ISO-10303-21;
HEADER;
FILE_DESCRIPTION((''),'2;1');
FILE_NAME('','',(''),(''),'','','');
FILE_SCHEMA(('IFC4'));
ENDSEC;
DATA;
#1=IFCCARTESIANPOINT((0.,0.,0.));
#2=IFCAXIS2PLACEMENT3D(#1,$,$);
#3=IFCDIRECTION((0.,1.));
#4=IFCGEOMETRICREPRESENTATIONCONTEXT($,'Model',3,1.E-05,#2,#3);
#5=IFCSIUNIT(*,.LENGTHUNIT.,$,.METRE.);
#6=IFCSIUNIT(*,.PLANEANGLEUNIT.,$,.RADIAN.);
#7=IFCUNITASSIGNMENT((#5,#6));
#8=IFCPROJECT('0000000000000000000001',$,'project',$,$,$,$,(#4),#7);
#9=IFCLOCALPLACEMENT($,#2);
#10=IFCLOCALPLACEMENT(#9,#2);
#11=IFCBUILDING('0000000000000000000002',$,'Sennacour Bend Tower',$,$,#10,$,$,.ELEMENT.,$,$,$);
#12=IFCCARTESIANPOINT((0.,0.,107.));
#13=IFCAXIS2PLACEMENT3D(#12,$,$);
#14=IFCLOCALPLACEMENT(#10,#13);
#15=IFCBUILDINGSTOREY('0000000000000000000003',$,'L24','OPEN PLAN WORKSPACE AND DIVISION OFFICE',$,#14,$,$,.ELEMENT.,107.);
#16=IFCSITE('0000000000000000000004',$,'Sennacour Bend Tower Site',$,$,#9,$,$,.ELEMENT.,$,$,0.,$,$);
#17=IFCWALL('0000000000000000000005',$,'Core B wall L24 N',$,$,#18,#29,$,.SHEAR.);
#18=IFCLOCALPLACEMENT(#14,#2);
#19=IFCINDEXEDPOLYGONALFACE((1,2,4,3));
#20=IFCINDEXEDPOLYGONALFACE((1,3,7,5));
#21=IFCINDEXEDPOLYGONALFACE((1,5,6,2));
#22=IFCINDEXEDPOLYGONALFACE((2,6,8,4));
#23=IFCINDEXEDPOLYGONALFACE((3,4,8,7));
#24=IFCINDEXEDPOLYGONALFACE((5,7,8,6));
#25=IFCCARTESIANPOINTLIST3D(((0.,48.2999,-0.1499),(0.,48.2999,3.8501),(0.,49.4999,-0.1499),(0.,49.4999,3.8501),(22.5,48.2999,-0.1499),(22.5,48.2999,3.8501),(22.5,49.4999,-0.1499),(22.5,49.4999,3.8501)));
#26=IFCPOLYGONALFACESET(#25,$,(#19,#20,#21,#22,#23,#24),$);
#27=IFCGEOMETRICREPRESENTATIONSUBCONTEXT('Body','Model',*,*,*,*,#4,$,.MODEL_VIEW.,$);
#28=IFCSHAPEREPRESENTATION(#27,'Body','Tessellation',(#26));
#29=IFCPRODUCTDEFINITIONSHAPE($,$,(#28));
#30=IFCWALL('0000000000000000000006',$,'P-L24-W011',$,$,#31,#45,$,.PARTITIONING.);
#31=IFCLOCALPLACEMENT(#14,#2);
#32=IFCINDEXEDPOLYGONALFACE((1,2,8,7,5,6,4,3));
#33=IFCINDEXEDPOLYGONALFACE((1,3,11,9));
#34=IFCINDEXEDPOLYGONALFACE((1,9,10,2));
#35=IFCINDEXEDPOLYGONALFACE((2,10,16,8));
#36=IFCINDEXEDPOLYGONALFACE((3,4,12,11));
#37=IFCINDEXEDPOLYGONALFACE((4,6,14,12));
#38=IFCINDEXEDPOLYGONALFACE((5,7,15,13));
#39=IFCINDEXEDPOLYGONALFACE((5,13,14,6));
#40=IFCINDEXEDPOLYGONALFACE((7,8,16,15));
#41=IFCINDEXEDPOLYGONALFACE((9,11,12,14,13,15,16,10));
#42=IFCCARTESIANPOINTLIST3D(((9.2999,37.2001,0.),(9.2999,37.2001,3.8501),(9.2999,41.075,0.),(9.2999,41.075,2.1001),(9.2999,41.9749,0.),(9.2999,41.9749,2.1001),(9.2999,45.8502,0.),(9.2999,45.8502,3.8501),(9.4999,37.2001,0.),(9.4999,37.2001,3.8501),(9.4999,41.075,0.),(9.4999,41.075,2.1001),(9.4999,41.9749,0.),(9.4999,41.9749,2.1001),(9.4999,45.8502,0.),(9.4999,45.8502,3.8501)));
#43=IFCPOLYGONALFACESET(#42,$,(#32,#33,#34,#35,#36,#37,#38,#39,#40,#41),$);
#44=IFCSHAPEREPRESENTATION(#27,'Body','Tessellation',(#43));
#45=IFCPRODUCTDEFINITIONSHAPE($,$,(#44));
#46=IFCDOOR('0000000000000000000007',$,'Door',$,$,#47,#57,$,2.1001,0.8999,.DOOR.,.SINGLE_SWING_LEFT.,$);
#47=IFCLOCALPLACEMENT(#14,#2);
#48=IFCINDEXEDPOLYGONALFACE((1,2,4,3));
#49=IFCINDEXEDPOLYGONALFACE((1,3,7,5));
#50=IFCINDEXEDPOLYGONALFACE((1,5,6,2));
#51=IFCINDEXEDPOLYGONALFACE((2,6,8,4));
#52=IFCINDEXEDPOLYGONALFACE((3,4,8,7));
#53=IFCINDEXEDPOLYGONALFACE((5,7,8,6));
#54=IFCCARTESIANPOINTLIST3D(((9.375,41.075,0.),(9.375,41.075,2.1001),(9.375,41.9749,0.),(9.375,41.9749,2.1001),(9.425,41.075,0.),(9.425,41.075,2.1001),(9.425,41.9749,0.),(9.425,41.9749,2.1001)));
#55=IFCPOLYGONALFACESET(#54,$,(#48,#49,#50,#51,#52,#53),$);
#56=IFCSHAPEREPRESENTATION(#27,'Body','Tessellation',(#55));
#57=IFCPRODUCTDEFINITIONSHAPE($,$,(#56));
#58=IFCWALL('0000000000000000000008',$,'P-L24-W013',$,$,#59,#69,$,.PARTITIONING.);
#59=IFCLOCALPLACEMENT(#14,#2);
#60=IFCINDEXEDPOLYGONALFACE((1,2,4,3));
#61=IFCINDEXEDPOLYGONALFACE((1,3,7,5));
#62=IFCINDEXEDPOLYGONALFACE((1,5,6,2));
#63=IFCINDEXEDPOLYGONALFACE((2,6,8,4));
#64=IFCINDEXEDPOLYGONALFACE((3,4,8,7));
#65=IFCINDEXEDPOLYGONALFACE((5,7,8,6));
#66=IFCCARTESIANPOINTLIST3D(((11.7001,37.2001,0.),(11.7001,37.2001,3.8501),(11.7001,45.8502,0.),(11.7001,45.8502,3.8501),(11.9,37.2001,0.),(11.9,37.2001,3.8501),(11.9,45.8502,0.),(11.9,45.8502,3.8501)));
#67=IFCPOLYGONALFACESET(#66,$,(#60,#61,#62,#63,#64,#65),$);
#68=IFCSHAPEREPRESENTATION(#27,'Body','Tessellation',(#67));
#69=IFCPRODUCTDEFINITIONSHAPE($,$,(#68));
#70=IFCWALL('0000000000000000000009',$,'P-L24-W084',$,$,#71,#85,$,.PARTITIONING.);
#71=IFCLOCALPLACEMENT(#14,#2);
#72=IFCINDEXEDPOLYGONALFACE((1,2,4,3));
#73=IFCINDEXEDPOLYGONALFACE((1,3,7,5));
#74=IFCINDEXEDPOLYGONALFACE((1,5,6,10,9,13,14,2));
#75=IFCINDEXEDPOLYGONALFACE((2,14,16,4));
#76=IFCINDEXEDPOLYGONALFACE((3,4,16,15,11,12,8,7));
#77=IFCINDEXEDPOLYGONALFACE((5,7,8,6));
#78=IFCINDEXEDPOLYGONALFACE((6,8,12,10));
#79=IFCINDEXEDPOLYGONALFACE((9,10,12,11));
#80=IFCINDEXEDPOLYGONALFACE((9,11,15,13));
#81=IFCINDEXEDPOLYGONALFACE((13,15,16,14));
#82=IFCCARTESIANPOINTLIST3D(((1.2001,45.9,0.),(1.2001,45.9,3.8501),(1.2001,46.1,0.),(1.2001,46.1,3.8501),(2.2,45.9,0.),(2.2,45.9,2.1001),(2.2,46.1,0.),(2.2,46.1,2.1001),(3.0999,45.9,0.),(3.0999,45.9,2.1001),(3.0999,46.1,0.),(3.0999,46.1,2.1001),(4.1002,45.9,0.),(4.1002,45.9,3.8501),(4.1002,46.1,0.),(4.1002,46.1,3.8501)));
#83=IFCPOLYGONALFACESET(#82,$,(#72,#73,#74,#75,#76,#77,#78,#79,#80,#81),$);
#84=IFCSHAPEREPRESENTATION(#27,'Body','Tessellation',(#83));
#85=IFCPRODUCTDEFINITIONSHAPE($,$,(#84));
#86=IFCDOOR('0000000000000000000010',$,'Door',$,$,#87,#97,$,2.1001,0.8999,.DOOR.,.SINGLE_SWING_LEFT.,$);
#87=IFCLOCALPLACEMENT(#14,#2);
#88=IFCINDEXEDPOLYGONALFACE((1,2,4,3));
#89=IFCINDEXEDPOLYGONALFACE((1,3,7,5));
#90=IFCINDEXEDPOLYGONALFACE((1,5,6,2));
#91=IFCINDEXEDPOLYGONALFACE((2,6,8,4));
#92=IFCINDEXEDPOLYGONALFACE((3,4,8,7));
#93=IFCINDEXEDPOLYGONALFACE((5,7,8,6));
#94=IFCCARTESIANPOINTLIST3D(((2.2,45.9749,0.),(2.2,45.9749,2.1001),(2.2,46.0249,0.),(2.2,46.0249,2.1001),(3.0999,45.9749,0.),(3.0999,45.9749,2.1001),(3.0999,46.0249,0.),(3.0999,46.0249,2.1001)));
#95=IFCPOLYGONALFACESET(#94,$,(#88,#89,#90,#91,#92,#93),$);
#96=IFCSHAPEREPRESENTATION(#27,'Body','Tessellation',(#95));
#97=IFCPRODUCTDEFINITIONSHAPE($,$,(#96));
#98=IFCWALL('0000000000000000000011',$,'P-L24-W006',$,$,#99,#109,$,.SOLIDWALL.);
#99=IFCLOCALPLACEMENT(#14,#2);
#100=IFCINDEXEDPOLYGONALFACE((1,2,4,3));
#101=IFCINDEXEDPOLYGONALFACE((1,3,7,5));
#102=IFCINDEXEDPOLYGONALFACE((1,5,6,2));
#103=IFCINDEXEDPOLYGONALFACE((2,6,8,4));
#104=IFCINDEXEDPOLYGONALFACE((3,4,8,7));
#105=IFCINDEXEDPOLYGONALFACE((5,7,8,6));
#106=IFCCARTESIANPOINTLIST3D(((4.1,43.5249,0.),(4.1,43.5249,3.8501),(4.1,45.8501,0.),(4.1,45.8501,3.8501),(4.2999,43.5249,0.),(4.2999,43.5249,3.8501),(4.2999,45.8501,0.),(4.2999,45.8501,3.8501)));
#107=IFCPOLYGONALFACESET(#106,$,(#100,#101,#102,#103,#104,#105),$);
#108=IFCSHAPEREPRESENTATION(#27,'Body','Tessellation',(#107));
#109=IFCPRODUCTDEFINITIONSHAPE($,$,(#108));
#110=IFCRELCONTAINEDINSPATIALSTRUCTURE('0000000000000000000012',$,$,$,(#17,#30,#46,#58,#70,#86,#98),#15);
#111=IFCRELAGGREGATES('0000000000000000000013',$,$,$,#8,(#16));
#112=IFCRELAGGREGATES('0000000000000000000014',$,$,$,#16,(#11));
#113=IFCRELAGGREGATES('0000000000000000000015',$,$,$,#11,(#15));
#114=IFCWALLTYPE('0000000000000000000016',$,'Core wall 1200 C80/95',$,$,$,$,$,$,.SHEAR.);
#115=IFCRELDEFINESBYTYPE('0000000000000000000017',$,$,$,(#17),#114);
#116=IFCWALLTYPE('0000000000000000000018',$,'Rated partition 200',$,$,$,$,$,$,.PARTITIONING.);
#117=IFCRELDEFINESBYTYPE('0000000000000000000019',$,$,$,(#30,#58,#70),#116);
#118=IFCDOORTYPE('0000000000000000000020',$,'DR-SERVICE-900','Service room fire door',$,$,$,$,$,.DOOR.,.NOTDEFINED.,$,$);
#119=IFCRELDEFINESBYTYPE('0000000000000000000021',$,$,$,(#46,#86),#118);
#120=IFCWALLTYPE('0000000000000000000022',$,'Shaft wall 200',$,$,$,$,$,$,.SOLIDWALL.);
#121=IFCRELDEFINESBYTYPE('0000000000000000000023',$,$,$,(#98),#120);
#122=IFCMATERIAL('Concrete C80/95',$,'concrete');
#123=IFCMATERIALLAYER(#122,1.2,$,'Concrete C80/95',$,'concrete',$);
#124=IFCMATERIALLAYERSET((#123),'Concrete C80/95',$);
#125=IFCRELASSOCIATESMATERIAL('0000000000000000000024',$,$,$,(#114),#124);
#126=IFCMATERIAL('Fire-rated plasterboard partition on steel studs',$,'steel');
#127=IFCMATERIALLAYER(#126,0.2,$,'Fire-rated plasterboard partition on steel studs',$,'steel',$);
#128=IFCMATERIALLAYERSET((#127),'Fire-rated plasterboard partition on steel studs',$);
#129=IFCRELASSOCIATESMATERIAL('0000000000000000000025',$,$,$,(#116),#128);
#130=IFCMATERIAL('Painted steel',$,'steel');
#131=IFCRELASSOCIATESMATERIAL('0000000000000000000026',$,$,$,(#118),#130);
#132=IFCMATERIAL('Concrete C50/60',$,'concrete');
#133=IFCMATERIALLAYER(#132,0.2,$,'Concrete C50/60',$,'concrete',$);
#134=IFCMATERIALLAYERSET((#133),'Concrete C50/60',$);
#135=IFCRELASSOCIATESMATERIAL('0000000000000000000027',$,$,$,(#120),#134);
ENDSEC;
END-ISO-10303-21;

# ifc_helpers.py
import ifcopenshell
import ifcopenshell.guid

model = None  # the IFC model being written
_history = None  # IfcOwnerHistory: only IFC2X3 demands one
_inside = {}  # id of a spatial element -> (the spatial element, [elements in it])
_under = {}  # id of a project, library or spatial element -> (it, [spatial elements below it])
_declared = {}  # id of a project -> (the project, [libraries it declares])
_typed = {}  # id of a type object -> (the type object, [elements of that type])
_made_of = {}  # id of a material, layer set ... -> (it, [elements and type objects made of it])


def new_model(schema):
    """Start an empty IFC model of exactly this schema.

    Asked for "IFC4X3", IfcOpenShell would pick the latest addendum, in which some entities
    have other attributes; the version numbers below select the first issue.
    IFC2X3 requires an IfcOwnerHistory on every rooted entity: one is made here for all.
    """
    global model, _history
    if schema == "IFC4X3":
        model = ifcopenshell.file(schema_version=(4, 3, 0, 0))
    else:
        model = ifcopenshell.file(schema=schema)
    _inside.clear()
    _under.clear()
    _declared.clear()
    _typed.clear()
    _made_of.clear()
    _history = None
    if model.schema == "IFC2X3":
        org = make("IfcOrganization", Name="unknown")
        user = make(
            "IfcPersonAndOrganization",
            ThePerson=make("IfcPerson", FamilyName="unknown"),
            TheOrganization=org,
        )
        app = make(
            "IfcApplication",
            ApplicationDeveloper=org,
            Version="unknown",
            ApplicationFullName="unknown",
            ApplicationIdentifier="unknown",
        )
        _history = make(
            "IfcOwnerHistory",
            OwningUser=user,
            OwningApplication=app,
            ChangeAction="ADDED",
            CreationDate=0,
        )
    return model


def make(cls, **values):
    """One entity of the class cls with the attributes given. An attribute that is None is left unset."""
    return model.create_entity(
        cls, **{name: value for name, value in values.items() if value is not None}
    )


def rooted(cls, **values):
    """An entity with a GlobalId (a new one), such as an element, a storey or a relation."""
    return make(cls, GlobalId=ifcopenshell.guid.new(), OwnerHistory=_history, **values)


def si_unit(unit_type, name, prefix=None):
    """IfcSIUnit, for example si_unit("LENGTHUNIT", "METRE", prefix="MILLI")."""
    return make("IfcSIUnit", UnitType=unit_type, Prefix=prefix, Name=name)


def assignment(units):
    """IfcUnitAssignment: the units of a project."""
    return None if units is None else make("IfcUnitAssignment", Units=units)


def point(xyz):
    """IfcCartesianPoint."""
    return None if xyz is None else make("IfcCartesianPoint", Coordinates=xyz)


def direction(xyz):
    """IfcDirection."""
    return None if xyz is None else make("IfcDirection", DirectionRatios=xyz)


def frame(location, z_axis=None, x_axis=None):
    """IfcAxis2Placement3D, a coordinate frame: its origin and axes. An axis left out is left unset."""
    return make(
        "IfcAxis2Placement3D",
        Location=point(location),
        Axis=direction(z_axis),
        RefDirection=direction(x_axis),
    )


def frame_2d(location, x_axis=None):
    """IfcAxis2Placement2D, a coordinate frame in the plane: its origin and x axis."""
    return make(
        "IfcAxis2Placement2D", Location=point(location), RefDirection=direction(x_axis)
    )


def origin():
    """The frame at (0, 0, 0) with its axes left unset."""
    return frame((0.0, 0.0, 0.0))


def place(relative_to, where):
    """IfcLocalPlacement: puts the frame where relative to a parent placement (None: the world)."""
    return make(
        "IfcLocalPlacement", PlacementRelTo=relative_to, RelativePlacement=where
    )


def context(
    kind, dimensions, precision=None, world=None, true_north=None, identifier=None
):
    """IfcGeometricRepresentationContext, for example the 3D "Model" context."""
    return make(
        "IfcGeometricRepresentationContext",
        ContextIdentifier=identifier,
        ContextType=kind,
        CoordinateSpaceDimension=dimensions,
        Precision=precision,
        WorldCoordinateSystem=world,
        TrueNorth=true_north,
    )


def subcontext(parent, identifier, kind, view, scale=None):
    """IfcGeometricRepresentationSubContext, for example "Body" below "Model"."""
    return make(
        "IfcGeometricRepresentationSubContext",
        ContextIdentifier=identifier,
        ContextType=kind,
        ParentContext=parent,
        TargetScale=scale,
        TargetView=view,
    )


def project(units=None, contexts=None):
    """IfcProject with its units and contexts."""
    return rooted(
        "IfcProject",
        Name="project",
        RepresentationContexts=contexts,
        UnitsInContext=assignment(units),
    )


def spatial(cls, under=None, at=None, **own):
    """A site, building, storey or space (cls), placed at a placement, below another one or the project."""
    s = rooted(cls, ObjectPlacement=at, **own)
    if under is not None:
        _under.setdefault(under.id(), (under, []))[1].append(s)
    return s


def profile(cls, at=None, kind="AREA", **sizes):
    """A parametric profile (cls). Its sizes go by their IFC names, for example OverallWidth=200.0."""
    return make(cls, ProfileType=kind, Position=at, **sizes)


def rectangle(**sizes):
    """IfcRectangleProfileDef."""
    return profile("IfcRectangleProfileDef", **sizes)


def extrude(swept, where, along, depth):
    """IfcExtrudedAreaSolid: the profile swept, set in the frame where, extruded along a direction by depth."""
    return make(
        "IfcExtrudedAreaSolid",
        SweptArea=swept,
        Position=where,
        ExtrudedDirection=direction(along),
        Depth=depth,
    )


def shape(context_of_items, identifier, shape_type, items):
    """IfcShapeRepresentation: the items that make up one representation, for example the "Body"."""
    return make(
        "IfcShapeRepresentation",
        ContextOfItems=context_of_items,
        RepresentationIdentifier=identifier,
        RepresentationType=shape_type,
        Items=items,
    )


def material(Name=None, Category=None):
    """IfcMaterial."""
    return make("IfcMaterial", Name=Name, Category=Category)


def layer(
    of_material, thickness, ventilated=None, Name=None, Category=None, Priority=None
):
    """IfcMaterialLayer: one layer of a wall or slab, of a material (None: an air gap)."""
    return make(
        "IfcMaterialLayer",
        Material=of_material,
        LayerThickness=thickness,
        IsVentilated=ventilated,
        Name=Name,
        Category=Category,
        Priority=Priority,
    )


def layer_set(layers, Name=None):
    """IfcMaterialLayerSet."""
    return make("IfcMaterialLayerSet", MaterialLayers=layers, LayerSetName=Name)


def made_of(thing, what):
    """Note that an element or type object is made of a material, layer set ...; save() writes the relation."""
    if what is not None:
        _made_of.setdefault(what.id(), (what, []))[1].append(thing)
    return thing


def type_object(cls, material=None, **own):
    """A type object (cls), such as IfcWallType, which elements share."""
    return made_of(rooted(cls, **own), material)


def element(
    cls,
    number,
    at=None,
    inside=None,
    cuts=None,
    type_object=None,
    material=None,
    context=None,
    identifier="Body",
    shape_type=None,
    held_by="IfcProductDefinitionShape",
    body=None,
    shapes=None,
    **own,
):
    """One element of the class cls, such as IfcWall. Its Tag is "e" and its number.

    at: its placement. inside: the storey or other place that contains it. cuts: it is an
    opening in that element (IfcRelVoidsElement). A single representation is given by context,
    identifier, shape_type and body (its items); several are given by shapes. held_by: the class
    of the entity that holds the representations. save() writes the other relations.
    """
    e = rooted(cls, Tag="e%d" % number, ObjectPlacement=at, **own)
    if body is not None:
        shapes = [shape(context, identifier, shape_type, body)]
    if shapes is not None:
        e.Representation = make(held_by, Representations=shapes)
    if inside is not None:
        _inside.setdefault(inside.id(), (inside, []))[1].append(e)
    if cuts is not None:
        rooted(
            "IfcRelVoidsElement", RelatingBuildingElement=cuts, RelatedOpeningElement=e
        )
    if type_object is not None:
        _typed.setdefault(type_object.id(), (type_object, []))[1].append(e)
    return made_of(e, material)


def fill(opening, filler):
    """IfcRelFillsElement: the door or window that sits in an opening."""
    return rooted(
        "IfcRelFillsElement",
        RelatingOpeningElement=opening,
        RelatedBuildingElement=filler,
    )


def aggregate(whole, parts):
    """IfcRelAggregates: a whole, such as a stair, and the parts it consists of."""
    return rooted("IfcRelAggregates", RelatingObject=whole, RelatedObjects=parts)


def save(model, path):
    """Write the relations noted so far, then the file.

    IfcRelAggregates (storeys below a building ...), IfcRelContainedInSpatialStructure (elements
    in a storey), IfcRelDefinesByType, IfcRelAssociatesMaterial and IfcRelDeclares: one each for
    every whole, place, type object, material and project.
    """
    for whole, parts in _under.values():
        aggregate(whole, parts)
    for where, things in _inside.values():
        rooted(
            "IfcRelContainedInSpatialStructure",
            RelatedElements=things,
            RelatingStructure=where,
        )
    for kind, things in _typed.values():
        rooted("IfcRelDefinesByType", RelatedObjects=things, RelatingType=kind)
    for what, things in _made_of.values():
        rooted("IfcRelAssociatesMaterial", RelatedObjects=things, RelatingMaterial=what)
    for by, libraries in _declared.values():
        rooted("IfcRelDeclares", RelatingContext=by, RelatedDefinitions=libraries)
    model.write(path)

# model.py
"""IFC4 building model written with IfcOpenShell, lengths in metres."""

from ifc_helpers import new_model, si_unit, direction, frame, frame_2d, origin, place, context, subcontext, project, spatial, rectangle, extrude, material, layer, layer_set, type_object, element, fill, save


model = new_model("IFC4")

# Units and contexts
model_context = context("Model", 3, precision=1e-05, world=origin(), true_north=direction((0.0, 1.0)))
body_context = subcontext(model_context, "Body", "Model", "MODEL_VIEW")
ifc_project = project(units=[si_unit("LENGTHUNIT", "METRE"), si_unit("PLANEANGLEUNIT", "RADIAN")], contexts=[model_context])

# Site, building, storey
site_placement = place(None, origin())
site = spatial("IfcSite", under=ifc_project, at=site_placement, Name="Sennacour Bend Tower Site", CompositionType="ELEMENT", RefElevation=0.0)
building_placement = place(site_placement, origin())
building = spatial("IfcBuilding", under=site, at=building_placement, Name="Sennacour Bend Tower", CompositionType="ELEMENT")
storey_placement = place(building_placement, frame((0.0, 0.0, 107.0)))
storey = spatial("IfcBuildingStorey", under=building, at=storey_placement, Name="L24", Description="OPEN PLAN WORKSPACE AND DIVISION OFFICE", CompositionType="ELEMENT", Elevation=107.0)

# Wall
ifc_material_1 = material(Name="Concrete C80/95", Category="concrete")
ifc_layer_1 = layer(ifc_material_1, 1.2, Name="Concrete C80/95", Category="concrete")
ifc_layer_set_1 = layer_set([ifc_layer_1], Name="Concrete C80/95")
wall_type_1 = type_object("IfcWallType", Name="Core wall 1200 C80/95", PredefinedType="SHEAR", material=ifc_layer_set_1)
wall_1_placement = place(storey_placement, frame((0.0, 48.8999, -0.1499), z_axis=(0.0, 0.0, 1.0), x_axis=(1.0, 0.0, 0.0)))
element("IfcWall", 1, at=wall_1_placement, inside=storey, type_object=wall_type_1, Name="Core B wall L24 N", PredefinedType="SHEAR", context=body_context, shape_type="SweptSolid", body=[
    extrude(rectangle(XDim=22.5, YDim=1.2, at=frame_2d((11.25, 0.0))), origin(), (0.0, 0.0, 1.0), 4.0),
])

# Wall, opening, door
ifc_material_2 = material(Name="Fire-rated plasterboard partition on steel studs", Category="steel")
ifc_layer_2 = layer(ifc_material_2, 0.2, Name="Fire-rated plasterboard partition on steel studs", Category="steel")
ifc_layer_set_2 = layer_set([ifc_layer_2], Name="Fire-rated plasterboard partition on steel studs")
wall_type_2 = type_object("IfcWallType", Name="Rated partition 200", PredefinedType="PARTITIONING", material=ifc_layer_set_2)
wall_2_placement = place(storey_placement, frame((9.3999, 37.2, 0.0), z_axis=(0.0, 0.0, 1.0), x_axis=(0.0, 1.0, 0.0)))
wall_2 = element("IfcWall", 2, at=wall_2_placement, inside=storey, type_object=wall_type_2, Name="P-L24-W011", PredefinedType="PARTITIONING", context=body_context, shape_type="SweptSolid", body=[
    extrude(rectangle(XDim=8.6501, YDim=0.2, at=frame_2d((4.3252, 0.0))), origin(), (0.0, 0.0, 1.0), 3.8501),
])
opening_1_placement = place(wall_2_placement, frame((3.875, 0.0, 0.0)))
opening_1 = element("IfcOpeningElement", 3, at=opening_1_placement, cuts=wall_2, PredefinedType="OPENING", context=body_context, shape_type="SweptSolid", body=[
    extrude(rectangle(XDim=0.8999, YDim=2.1001, at=frame_2d((0.45, 1.05))), frame((0.0, 0.1099, 0.0), z_axis=(0.0, -1.0, 0.0), x_axis=(1.0, 0.0, 0.0)), (0.0, 0.0, 1.0), 0.22),
])
ifc_material_3 = material(Name="Painted steel", Category="steel")
door_type_1 = type_object("IfcDoorType", Name="DR-SERVICE-900", Description="Service room fire door", OperationType="NOTDEFINED", PredefinedType="DOOR", material=ifc_material_3)
door_1_placement = place(opening_1_placement, origin())
door_1 = element("IfcDoor", 4, at=door_1_placement, inside=storey, type_object=door_type_1, Name="Door", OperationType="SINGLE_SWING_LEFT", OverallHeight=2.1001, OverallWidth=0.8999, PredefinedType="DOOR", context=body_context, shape_type="SweptSolid", body=[
    extrude(rectangle(XDim=0.8999, YDim=2.1001, at=frame_2d((0.45, 1.05))), frame((0.0, 0.0249, 0.0), z_axis=(0.0, -1.0, 0.0), x_axis=(1.0, 0.0, 0.0)), (0.0, 0.0, 1.0), 0.05),
])
fill(opening_1, door_1)

# Wall
wall_3_placement = place(storey_placement, frame((11.8, 37.2, 0.0), z_axis=(0.0, 0.0, 1.0), x_axis=(0.0, 1.0, 0.0)))
element("IfcWall", 5, at=wall_3_placement, inside=storey, type_object=wall_type_2, Name="P-L24-W013", PredefinedType="PARTITIONING", context=body_context, shape_type="SweptSolid", body=[
    extrude(rectangle(XDim=8.6501, YDim=0.2, at=frame_2d((4.3252, 0.0))), origin(), (0.0, 0.0, 1.0), 3.8501),
])

# Wall, opening, door
wall_4_placement = place(storey_placement, frame((1.2, 46.0, 0.0), z_axis=(0.0, 0.0, 1.0), x_axis=(1.0, 0.0, 0.0)))
wall_4 = element("IfcWall", 6, at=wall_4_placement, inside=storey, type_object=wall_type_2, Name="P-L24-W084", PredefinedType="PARTITIONING", context=body_context, shape_type="SweptSolid", body=[
    extrude(rectangle(XDim=2.9001, YDim=0.2, at=frame_2d((1.4502, 0.0))), origin(), (0.0, 0.0, 1.0), 3.8501),
])
opening_2_placement = place(wall_4_placement, frame((1.0, 0.0, 0.0)))
opening_2 = element("IfcOpeningElement", 7, at=opening_2_placement, cuts=wall_4, PredefinedType="OPENING", context=body_context, shape_type="SweptSolid", body=[
    extrude(rectangle(XDim=0.8999, YDim=2.1001, at=frame_2d((0.45, 1.05))), frame((0.0, 0.1099, 0.0), z_axis=(0.0, -1.0, 0.0), x_axis=(1.0, 0.0, 0.0)), (0.0, 0.0, 1.0), 0.22),
])
door_2_placement = place(opening_2_placement, origin())
door_2 = element("IfcDoor", 8, at=door_2_placement, inside=storey, type_object=door_type_1, Name="Door", OperationType="SINGLE_SWING_LEFT", OverallHeight=2.1001, OverallWidth=0.8999, PredefinedType="DOOR", context=body_context, shape_type="SweptSolid", body=[
    extrude(rectangle(XDim=0.8999, YDim=2.1001, at=frame_2d((0.45, 1.05))), frame((0.0, 0.0249, 0.0), z_axis=(0.0, -1.0, 0.0), x_axis=(1.0, 0.0, 0.0)), (0.0, 0.0, 1.0), 0.05),
])
fill(opening_2, door_2)

# Wall
ifc_material_4 = material(Name="Concrete C50/60", Category="concrete")
ifc_layer_3 = layer(ifc_material_4, 0.2, Name="Concrete C50/60", Category="concrete")
ifc_layer_set_3 = layer_set([ifc_layer_3], Name="Concrete C50/60")
wall_type_3 = type_object("IfcWallType", Name="Shaft wall 200", PredefinedType="SOLIDWALL", material=ifc_layer_set_3)
wall_5_placement = place(storey_placement, frame((4.2, 43.5249, 0.0), z_axis=(0.0, 0.0, 1.0), x_axis=(0.0, 1.0, 0.0)))
element("IfcWall", 9, at=wall_5_placement, inside=storey, type_object=wall_type_3, Name="P-L24-W006", PredefinedType="SOLIDWALL", context=body_context, shape_type="SweptSolid", body=[
    extrude(rectangle(XDim=2.3252, YDim=0.2, at=frame_2d((1.1626, 0.0))), origin(), (0.0, 0.0, 1.0), 3.8501),
])

save(model, "model.ifc")
